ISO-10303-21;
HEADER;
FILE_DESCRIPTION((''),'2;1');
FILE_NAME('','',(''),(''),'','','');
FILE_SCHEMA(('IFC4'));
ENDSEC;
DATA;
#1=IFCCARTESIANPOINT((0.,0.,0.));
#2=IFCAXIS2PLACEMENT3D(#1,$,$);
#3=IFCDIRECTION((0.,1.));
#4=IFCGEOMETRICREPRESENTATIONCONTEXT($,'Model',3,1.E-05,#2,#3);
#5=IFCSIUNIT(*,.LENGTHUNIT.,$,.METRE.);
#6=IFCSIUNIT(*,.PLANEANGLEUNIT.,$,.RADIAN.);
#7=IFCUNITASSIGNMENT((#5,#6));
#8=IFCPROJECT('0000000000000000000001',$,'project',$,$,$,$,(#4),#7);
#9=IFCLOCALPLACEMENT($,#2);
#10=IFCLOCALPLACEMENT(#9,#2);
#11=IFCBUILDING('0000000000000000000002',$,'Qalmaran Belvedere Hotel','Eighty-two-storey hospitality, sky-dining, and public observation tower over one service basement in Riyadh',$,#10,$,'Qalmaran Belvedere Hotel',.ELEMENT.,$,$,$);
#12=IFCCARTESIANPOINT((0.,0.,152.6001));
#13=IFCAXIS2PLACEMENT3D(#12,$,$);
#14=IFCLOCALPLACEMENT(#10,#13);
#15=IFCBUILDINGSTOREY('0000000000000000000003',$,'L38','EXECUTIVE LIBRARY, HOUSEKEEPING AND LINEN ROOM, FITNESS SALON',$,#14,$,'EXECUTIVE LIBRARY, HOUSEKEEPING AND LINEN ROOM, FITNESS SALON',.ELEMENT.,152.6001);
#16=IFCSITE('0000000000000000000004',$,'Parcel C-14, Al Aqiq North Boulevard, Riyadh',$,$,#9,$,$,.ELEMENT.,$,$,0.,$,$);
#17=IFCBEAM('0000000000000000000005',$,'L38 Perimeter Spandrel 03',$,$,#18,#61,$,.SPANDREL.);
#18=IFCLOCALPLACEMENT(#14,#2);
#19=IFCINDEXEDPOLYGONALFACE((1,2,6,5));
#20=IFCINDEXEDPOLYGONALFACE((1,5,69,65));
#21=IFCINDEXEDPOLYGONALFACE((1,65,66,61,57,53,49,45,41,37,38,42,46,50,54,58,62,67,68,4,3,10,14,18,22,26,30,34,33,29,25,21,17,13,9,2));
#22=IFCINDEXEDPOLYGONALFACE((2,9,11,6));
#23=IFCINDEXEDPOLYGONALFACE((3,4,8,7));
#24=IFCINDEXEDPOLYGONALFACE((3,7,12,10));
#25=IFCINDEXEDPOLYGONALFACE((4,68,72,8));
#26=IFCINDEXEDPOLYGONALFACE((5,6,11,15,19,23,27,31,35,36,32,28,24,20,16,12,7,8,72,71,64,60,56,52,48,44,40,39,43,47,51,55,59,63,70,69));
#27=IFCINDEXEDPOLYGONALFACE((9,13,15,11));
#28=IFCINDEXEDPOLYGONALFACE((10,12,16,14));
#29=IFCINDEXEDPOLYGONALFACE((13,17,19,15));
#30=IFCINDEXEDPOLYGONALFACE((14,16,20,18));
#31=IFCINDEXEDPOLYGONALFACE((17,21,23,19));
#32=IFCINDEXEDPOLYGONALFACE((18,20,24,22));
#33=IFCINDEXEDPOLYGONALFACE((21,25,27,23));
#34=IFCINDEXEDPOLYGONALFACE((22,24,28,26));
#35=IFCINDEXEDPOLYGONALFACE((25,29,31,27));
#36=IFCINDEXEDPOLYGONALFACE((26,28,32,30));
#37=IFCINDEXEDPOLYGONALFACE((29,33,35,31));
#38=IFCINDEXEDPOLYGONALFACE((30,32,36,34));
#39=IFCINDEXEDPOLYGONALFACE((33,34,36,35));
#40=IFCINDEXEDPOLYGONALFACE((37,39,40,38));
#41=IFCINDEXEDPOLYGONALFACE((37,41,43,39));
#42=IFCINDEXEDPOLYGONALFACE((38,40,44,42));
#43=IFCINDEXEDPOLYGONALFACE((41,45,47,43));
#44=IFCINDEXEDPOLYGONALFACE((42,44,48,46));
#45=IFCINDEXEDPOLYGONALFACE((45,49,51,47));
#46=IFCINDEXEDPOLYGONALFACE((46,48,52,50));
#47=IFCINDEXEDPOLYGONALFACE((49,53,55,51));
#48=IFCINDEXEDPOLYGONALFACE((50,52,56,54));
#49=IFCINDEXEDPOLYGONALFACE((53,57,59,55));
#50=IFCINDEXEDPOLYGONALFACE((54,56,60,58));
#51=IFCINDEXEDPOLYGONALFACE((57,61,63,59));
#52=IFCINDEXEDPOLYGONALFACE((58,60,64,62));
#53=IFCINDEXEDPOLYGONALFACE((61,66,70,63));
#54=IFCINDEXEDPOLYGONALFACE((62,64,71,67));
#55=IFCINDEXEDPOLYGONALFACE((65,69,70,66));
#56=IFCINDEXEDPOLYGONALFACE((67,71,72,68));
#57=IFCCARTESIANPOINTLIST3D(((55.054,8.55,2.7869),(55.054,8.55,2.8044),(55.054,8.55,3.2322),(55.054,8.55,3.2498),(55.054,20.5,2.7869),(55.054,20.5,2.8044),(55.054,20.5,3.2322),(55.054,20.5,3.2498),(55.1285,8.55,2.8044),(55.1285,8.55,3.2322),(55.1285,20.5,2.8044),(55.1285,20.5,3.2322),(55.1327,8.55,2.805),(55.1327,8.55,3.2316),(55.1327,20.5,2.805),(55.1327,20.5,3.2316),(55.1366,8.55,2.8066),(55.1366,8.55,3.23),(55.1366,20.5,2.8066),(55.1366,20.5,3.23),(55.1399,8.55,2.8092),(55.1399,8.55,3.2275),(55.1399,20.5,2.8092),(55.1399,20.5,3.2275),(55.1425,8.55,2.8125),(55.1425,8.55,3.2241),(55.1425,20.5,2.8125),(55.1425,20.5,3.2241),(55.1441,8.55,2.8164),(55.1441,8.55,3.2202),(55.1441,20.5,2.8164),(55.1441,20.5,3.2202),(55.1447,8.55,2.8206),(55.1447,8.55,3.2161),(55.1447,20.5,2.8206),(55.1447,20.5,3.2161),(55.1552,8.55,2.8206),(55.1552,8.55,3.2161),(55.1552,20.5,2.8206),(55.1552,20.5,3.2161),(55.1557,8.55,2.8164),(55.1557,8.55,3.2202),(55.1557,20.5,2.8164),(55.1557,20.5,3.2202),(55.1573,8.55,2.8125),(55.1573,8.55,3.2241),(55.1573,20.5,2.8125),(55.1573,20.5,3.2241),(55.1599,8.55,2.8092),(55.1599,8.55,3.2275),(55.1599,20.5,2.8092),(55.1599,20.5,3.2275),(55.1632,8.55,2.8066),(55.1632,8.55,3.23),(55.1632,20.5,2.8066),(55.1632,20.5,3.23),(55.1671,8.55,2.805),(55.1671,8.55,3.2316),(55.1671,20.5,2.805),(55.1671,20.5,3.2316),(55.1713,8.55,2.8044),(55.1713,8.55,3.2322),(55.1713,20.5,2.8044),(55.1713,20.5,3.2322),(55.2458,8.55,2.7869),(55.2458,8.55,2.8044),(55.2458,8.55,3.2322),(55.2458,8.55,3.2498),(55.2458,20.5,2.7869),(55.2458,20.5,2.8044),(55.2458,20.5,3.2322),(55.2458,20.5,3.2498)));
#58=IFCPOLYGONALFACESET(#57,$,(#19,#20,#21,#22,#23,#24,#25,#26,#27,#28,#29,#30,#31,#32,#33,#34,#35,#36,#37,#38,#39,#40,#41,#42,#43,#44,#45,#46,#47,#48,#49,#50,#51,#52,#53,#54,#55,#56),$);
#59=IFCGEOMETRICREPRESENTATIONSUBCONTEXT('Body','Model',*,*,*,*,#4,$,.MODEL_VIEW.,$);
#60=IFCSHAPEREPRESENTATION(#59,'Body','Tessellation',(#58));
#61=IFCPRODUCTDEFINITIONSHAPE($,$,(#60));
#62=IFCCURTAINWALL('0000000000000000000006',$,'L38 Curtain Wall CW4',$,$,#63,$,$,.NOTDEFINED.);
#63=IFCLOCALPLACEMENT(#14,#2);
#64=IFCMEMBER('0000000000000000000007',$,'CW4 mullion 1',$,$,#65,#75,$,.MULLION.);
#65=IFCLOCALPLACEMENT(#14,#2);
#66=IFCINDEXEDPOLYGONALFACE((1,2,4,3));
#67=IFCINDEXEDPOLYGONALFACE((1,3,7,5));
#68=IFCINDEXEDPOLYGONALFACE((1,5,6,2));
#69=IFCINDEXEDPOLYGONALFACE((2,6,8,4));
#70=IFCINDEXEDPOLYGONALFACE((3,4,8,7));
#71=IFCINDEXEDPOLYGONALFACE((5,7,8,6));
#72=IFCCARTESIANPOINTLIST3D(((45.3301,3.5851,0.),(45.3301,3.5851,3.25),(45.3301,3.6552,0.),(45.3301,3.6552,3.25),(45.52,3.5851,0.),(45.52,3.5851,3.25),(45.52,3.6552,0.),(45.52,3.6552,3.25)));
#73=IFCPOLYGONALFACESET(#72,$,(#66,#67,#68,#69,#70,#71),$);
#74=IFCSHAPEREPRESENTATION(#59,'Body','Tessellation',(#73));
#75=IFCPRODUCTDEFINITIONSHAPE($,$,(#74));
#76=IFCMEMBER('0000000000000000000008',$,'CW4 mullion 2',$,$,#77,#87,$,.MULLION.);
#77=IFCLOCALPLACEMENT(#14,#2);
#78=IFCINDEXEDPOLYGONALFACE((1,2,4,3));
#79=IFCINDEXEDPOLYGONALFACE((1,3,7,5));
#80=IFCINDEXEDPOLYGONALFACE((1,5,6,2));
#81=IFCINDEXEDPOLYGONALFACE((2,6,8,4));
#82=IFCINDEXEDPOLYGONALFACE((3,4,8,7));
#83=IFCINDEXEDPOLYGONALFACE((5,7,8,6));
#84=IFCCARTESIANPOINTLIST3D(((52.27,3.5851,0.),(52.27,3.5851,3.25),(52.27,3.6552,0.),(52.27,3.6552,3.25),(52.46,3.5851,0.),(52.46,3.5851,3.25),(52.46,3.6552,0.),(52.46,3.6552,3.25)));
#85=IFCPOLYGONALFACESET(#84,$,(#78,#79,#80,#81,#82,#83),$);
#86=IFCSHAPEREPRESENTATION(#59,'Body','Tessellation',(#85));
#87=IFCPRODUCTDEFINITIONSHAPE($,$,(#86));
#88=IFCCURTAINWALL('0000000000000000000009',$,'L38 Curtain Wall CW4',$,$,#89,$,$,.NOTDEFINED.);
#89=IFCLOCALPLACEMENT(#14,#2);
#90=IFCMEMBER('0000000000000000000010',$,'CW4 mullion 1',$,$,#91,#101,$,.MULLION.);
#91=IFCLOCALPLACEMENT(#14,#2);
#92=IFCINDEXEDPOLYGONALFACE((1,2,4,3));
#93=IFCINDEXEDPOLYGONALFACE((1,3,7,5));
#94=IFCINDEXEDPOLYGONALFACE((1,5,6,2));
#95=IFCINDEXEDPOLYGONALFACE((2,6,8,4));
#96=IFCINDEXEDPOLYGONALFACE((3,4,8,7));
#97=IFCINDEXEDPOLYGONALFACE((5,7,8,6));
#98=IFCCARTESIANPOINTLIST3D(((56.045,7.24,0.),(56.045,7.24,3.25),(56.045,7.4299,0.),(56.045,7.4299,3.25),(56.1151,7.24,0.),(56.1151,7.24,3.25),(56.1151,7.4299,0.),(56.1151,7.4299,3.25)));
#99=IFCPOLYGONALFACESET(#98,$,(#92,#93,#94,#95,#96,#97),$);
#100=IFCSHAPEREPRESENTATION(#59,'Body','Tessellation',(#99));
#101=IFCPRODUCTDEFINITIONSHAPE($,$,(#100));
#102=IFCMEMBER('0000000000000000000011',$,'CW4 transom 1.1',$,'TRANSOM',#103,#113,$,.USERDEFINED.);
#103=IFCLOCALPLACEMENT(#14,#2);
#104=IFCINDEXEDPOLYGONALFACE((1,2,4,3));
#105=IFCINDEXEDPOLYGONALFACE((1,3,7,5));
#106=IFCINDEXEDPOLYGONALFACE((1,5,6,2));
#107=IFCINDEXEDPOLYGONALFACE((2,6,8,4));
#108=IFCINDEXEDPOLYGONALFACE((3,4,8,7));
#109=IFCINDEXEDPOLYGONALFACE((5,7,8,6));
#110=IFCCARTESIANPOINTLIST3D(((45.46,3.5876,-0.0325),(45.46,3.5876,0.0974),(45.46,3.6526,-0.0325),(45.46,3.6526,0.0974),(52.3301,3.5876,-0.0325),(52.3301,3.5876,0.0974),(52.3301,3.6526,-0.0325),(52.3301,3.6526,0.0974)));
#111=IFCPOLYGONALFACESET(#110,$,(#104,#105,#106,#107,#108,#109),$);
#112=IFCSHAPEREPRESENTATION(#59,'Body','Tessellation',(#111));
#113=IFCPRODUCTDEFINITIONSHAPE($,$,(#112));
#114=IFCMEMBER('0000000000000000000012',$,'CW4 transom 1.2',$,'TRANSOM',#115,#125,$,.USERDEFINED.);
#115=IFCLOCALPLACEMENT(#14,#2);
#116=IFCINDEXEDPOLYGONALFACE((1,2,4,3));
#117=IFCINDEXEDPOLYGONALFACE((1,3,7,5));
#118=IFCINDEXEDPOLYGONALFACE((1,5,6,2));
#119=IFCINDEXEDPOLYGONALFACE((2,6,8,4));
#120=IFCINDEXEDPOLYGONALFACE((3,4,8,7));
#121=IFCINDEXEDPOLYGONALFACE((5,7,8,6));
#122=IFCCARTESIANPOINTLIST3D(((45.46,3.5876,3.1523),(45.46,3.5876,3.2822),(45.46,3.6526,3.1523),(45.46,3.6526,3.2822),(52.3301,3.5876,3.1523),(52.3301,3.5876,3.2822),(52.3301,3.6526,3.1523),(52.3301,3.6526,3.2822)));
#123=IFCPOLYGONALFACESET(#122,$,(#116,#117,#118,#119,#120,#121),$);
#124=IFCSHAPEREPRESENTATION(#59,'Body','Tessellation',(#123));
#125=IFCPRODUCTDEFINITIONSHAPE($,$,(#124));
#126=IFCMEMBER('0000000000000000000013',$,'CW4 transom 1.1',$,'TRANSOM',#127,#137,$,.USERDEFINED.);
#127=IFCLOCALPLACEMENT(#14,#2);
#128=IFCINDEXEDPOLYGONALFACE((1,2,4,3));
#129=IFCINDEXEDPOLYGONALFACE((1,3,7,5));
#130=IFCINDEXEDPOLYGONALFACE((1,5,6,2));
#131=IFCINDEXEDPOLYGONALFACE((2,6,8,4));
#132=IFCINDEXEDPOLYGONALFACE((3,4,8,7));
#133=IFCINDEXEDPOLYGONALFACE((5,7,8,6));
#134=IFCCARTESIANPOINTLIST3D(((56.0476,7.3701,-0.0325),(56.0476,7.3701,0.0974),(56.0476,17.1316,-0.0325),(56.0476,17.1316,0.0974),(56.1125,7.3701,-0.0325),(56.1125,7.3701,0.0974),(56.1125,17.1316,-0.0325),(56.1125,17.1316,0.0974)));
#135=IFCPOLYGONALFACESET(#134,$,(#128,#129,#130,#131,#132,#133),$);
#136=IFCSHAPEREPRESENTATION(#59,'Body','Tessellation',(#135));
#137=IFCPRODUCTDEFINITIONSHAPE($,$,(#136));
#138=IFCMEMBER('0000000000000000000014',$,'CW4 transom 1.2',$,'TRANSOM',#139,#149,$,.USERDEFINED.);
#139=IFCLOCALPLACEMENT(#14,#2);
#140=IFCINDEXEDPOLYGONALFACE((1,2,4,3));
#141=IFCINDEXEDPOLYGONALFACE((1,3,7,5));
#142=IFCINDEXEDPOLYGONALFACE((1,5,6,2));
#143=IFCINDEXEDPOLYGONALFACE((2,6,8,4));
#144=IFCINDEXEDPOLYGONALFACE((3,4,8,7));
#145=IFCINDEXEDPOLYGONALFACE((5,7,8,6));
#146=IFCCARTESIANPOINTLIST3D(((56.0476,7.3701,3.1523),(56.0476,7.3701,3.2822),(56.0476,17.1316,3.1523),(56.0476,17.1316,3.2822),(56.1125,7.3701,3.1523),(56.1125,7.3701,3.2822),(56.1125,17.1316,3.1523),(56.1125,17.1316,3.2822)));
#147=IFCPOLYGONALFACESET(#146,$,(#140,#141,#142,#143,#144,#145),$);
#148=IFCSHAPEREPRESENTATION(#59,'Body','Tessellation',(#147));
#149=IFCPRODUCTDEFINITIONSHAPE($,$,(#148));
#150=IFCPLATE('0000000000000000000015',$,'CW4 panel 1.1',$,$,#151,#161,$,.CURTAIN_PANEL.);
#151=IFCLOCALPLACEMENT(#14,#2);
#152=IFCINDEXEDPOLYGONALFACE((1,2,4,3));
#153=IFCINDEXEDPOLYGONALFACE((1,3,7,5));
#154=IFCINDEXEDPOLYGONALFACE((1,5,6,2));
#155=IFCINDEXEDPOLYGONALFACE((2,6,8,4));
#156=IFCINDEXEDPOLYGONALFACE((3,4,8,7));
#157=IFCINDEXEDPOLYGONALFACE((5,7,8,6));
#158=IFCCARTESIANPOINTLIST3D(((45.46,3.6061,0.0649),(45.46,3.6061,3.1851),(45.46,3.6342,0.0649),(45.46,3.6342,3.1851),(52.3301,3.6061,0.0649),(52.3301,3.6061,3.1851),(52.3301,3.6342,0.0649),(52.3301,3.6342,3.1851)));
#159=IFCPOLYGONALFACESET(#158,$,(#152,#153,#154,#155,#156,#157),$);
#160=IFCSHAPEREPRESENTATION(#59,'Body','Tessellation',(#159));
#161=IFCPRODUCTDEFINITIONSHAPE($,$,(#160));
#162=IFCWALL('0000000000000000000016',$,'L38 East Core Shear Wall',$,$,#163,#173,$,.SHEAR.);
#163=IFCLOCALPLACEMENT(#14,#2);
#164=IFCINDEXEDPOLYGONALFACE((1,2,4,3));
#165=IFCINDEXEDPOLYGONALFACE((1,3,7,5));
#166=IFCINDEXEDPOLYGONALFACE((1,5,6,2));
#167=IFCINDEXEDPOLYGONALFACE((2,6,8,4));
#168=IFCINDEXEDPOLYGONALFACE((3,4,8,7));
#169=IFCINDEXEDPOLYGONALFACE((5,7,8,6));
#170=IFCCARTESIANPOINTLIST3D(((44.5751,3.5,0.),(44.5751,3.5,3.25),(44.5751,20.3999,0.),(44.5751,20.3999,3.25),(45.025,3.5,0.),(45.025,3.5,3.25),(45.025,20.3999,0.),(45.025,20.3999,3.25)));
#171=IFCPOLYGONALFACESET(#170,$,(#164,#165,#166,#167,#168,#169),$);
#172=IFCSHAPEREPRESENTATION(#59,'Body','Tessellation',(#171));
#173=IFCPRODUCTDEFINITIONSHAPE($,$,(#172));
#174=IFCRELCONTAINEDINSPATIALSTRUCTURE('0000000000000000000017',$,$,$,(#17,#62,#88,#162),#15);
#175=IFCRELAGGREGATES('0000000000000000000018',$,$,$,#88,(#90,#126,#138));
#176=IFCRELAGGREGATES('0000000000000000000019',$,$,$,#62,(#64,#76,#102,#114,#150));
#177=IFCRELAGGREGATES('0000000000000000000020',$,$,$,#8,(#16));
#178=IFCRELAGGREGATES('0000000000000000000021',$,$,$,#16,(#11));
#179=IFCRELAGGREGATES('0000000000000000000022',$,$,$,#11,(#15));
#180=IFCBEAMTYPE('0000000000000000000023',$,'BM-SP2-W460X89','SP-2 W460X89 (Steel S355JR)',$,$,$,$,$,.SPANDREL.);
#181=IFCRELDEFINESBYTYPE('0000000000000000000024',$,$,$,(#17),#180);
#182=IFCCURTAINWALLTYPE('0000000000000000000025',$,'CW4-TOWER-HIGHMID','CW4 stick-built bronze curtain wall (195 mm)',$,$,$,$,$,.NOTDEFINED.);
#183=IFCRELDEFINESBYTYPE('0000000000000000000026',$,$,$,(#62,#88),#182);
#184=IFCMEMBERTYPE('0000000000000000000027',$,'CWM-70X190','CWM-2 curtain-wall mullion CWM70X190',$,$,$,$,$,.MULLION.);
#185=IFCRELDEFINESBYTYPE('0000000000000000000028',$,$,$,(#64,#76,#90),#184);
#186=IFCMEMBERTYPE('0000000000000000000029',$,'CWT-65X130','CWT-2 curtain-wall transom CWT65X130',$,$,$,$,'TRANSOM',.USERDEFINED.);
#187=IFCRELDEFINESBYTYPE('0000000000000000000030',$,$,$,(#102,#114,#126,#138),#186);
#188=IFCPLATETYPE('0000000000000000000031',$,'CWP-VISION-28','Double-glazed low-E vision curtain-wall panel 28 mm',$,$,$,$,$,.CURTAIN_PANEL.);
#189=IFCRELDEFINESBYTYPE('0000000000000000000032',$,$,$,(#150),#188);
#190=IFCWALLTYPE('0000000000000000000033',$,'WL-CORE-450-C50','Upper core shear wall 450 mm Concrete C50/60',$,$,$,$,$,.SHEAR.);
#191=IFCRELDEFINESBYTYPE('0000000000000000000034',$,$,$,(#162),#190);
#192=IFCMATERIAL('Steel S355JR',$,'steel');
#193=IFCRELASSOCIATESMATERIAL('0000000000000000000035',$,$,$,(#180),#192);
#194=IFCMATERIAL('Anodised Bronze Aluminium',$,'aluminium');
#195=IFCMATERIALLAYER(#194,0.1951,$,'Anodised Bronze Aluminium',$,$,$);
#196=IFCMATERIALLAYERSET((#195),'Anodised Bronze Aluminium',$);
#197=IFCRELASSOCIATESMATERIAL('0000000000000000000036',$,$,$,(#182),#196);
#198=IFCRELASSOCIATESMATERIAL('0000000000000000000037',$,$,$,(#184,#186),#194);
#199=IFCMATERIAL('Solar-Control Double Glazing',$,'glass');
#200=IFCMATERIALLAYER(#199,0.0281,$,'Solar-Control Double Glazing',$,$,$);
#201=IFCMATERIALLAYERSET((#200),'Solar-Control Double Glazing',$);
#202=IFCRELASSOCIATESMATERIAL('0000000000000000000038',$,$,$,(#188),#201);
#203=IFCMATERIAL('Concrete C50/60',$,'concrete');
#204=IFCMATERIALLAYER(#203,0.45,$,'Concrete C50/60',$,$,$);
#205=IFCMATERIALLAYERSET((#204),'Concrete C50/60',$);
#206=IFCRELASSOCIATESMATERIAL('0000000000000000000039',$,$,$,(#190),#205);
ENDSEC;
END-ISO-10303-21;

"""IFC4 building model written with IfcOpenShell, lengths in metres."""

from ifc_helpers import new_model, si_unit, direction, frame, frame_2d, origin, origin_2d, place, context, subcontext, project, spatial, rectangle, i_section, extrude, material, layer, layer_set, material_profile, profile_set, type_object, element, aggregate, save


model = new_model("IFC4")

# Units and contexts
model_context = context("Model", 3, precision=1e-05, world=origin(), true_north=direction((0.0, 1.0)))
body_context = subcontext(model_context, "Body", "Model", "MODEL_VIEW")
ifc_project = project(units=[si_unit("LENGTHUNIT", "METRE"), si_unit("PLANEANGLEUNIT", "RADIAN")], contexts=[model_context])

# Site, building, storey
site_placement = place(None, origin())
site = spatial("IfcSite", under=ifc_project, at=site_placement, Name="Parcel C-14, Al Aqiq North Boulevard, Riyadh", CompositionType="ELEMENT", RefElevation=0.0)
building_placement = place(site_placement, origin())
building = spatial("IfcBuilding", under=site, at=building_placement, Name="Qalmaran Belvedere Hotel", Description="Eighty-two-storey hospitality, sky-dining, and public observation tower over one service basement in Riyadh", LongName="Qalmaran Belvedere Hotel", CompositionType="ELEMENT")
storey_placement = place(building_placement, frame((0.0, 0.0, 152.6001)))
storey = spatial("IfcBuildingStorey", under=building, at=storey_placement, Name="L38", Description="EXECUTIVE LIBRARY, HOUSEKEEPING AND LINEN ROOM, FITNESS SALON", LongName="EXECUTIVE LIBRARY, HOUSEKEEPING AND LINEN ROOM, FITNESS SALON", CompositionType="ELEMENT", Elevation=152.6001)

# Shared definitions
ifc_material_1 = material(Name="Concrete C50/60", Category="concrete")

# Beam
ifc_material_2 = material(Name="Steel S355JR", Category="steel")
ifc_material_profile_1 = material_profile(ifc_material_2, i_section(OverallWidth=0.1919, OverallDepth=0.4629, WebThickness=0.0105, FlangeThickness=0.0176, FilletRadius=0.0161, at=origin_2d()), Name="W460X89")
ifc_profile_set_1 = profile_set([ifc_material_profile_1], Name="Steel S355JR")
beam_type_1 = type_object("IfcBeamType", Name="BM-SP2-W460X89", Description="SP-2 W460X89 (Steel S355JR)", PredefinedType="SPANDREL", material=ifc_profile_set_1)
beam_1_placement = place(storey_placement, frame((55.1499, 8.55, 3.0183), z_axis=(0.0, 1.0, 0.0), x_axis=(-1.0, 0.0, 0.0)))
element("IfcBeam", 1, at=beam_1_placement, inside=storey, type_object=beam_type_1, Name="L38 Perimeter Spandrel 03", PredefinedType="SPANDREL", context=body_context, shape_type="SweptSolid", body=[
    extrude(i_section(OverallWidth=0.1919, OverallDepth=0.4629, WebThickness=0.0105, FlangeThickness=0.0176, FilletRadius=0.0161, at=origin_2d()), origin(), (0.0, 0.0, 1.0), 11.95),
])

# Curtain wall, members
ifc_material_3 = material(Name="Anodised Bronze Aluminium", Category="aluminium")
ifc_layer_1 = layer(ifc_material_3, 0.1951, Name="Anodised Bronze Aluminium")
ifc_layer_set_1 = layer_set([ifc_layer_1], Name="Anodised Bronze Aluminium")
curtain_wall_type = type_object("IfcCurtainWallType", Name="CW4-TOWER-HIGHMID", Description="CW4 stick-built bronze curtain wall (195 mm)", PredefinedType="NOTDEFINED", material=ifc_layer_set_1)
curtain_wall_1_placement = place(storey_placement, origin())
curtain_wall_1 = element("IfcCurtainWall", 2, at=curtain_wall_1_placement, inside=storey, type_object=curtain_wall_type, Name="L38 Curtain Wall CW4", PredefinedType="NOTDEFINED")
ifc_material_profile_2 = material_profile(ifc_material_3, rectangle(XDim=0.0701, YDim=0.1899, at=origin_2d()), Name="CWM70X190")
ifc_profile_set_2 = profile_set([ifc_material_profile_2], Name="Anodised Bronze Aluminium")
member_type_1 = type_object("IfcMemberType", Name="CWM-70X190", Description="CWM-2 curtain-wall mullion CWM70X190", PredefinedType="MULLION", material=ifc_profile_set_2)
member_1_placement = place(storey_placement, frame((45.425, 3.6201, 0.0), z_axis=(0.0, 0.0, 1.0), x_axis=(0.0, 1.0, 0.0)))
member_1 = element("IfcMember", 3, at=member_1_placement, type_object=member_type_1, Name="CW4 mullion 1", PredefinedType="MULLION", context=body_context, shape_type="SweptSolid", body=[
    extrude(rectangle(XDim=0.0701, YDim=0.1899, at=origin_2d()), origin(), (0.0, 0.0, 1.0), 3.25),
])
member_2_placement = place(storey_placement, frame((52.365, 3.6201, 0.0), z_axis=(0.0, 0.0, 1.0), x_axis=(0.0, 1.0, 0.0)))
member_2 = element("IfcMember", 4, at=member_2_placement, type_object=member_type_1, Name="CW4 mullion 2", PredefinedType="MULLION", context=body_context, shape_type="SweptSolid", body=[
    extrude(rectangle(XDim=0.0701, YDim=0.1899, at=origin_2d()), origin(), (0.0, 0.0, 1.0), 3.25),
])

# Curtain wall, member
curtain_wall_2_placement = place(storey_placement, origin())
curtain_wall_2 = element("IfcCurtainWall", 5, at=curtain_wall_2_placement, inside=storey, type_object=curtain_wall_type, Name="L38 Curtain Wall CW4", PredefinedType="NOTDEFINED")
member_3_placement = place(storey_placement, frame((56.0801, 7.335, 0.0), z_axis=(0.0, 0.0, 1.0), x_axis=(-1.0, 0.0, 0.0)))
member_3 = element("IfcMember", 6, at=member_3_placement, type_object=member_type_1, Name="CW4 mullion 1", PredefinedType="MULLION", context=body_context, shape_type="SweptSolid", body=[
    extrude(rectangle(XDim=0.0701, YDim=0.1899, at=origin_2d()), origin(), (0.0, 0.0, 1.0), 3.25),
])

# Members
ifc_material_profile_3 = material_profile(ifc_material_3, rectangle(XDim=0.0649, YDim=0.1299, at=origin_2d()), Name="CWT65X130")
ifc_profile_set_3 = profile_set([ifc_material_profile_3], Name="Anodised Bronze Aluminium")
member_type_2 = type_object("IfcMemberType", Name="CWT-65X130", Description="CWT-2 curtain-wall transom CWT65X130", ElementType="TRANSOM", PredefinedType="USERDEFINED", material=ifc_profile_set_3)
member_4_placement = place(storey_placement, frame((45.46, 3.6201, 0.0325), z_axis=(1.0, 0.0, 0.0), x_axis=(0.0, 1.0, 0.0)))
member_4 = element("IfcMember", 7, at=member_4_placement, type_object=member_type_2, Name="CW4 transom 1.1", ObjectType="TRANSOM", PredefinedType="USERDEFINED", context=body_context, shape_type="SweptSolid", body=[
    extrude(rectangle(XDim=0.0649, YDim=0.1299, at=origin_2d()), origin(), (0.0, 0.0, 1.0), 6.8701),
])
member_5_placement = place(storey_placement, frame((45.46, 3.6201, 3.2173), z_axis=(1.0, 0.0, 0.0), x_axis=(0.0, 1.0, 0.0)))
member_5 = element("IfcMember", 8, at=member_5_placement, type_object=member_type_2, Name="CW4 transom 1.2", ObjectType="TRANSOM", PredefinedType="USERDEFINED", context=body_context, shape_type="SweptSolid", body=[
    extrude(rectangle(XDim=0.0649, YDim=0.1299, at=origin_2d()), origin(), (0.0, 0.0, 1.0), 6.8701),
])
member_6_placement = place(storey_placement, frame((56.0801, 7.3701, 0.0325), z_axis=(0.0, 1.0, 0.0), x_axis=(-1.0, 0.0, 0.0)))
member_6 = element("IfcMember", 9, at=member_6_placement, type_object=member_type_2, Name="CW4 transom 1.1", ObjectType="TRANSOM", PredefinedType="USERDEFINED", context=body_context, shape_type="SweptSolid", body=[
    extrude(rectangle(XDim=0.0649, YDim=0.1299, at=origin_2d()), origin(), (0.0, 0.0, 1.0), 9.7615),
])
member_7_placement = place(storey_placement, frame((56.0801, 7.3701, 3.2173), z_axis=(0.0, 1.0, 0.0), x_axis=(-1.0, 0.0, 0.0)))
member_7 = element("IfcMember", 10, at=member_7_placement, type_object=member_type_2, Name="CW4 transom 1.2", ObjectType="TRANSOM", PredefinedType="USERDEFINED", context=body_context, shape_type="SweptSolid", body=[
    extrude(rectangle(XDim=0.0649, YDim=0.1299, at=origin_2d()), origin(), (0.0, 0.0, 1.0), 9.7615),
])
aggregate(curtain_wall_2, [member_3, member_6, member_7])

# Plate
ifc_material_4 = material(Name="Solar-Control Double Glazing", Category="glass")
ifc_layer_2 = layer(ifc_material_4, 0.0281, Name="Solar-Control Double Glazing")
ifc_layer_set_2 = layer_set([ifc_layer_2], Name="Solar-Control Double Glazing")
plate_type = type_object("IfcPlateType", Name="CWP-VISION-28", Description="Double-glazed low-E vision curtain-wall panel 28 mm", PredefinedType="CURTAIN_PANEL", material=ifc_layer_set_2)
plate_placement = place(storey_placement, frame((48.895, 3.6201, 0.0649), z_axis=(0.0, 0.0, 1.0), x_axis=(1.0, 0.0, 0.0)))
plate = element("IfcPlate", 11, at=plate_placement, type_object=plate_type, Name="CW4 panel 1.1", PredefinedType="CURTAIN_PANEL", context=body_context, shape_type="SweptSolid", body=[
    extrude(rectangle(XDim=6.8701, YDim=0.0281, at=origin_2d()), origin(), (0.0, 0.0, 1.0), 3.1201),
])
aggregate(curtain_wall_1, [member_1, member_2, member_4, member_5, plate])

# Wall
ifc_layer_3 = layer(ifc_material_1, 0.45, Name="Concrete C50/60")
ifc_layer_set_3 = layer_set([ifc_layer_3], Name="Concrete C50/60")
wall_type_1 = type_object("IfcWallType", Name="WL-CORE-450-C50", Description="Upper core shear wall 450 mm Concrete C50/60", PredefinedType="SHEAR", material=ifc_layer_set_3)
wall_1_placement = place(storey_placement, frame((44.8, 3.5, 0.0), z_axis=(0.0, 0.0, 1.0), x_axis=(0.0, 1.0, 0.0)))
element("IfcWall", 12, at=wall_1_placement, inside=storey, type_object=wall_type_1, Name="L38 East Core Shear Wall", PredefinedType="SHEAR", context=body_context, shape_type="SweptSolid", body=[
    extrude(rectangle(XDim=16.8999, YDim=0.45, at=frame_2d((8.45, 0.0))), origin(), (0.0, 0.0, 1.0), 3.25),
])

save(model, "model.ifc")
